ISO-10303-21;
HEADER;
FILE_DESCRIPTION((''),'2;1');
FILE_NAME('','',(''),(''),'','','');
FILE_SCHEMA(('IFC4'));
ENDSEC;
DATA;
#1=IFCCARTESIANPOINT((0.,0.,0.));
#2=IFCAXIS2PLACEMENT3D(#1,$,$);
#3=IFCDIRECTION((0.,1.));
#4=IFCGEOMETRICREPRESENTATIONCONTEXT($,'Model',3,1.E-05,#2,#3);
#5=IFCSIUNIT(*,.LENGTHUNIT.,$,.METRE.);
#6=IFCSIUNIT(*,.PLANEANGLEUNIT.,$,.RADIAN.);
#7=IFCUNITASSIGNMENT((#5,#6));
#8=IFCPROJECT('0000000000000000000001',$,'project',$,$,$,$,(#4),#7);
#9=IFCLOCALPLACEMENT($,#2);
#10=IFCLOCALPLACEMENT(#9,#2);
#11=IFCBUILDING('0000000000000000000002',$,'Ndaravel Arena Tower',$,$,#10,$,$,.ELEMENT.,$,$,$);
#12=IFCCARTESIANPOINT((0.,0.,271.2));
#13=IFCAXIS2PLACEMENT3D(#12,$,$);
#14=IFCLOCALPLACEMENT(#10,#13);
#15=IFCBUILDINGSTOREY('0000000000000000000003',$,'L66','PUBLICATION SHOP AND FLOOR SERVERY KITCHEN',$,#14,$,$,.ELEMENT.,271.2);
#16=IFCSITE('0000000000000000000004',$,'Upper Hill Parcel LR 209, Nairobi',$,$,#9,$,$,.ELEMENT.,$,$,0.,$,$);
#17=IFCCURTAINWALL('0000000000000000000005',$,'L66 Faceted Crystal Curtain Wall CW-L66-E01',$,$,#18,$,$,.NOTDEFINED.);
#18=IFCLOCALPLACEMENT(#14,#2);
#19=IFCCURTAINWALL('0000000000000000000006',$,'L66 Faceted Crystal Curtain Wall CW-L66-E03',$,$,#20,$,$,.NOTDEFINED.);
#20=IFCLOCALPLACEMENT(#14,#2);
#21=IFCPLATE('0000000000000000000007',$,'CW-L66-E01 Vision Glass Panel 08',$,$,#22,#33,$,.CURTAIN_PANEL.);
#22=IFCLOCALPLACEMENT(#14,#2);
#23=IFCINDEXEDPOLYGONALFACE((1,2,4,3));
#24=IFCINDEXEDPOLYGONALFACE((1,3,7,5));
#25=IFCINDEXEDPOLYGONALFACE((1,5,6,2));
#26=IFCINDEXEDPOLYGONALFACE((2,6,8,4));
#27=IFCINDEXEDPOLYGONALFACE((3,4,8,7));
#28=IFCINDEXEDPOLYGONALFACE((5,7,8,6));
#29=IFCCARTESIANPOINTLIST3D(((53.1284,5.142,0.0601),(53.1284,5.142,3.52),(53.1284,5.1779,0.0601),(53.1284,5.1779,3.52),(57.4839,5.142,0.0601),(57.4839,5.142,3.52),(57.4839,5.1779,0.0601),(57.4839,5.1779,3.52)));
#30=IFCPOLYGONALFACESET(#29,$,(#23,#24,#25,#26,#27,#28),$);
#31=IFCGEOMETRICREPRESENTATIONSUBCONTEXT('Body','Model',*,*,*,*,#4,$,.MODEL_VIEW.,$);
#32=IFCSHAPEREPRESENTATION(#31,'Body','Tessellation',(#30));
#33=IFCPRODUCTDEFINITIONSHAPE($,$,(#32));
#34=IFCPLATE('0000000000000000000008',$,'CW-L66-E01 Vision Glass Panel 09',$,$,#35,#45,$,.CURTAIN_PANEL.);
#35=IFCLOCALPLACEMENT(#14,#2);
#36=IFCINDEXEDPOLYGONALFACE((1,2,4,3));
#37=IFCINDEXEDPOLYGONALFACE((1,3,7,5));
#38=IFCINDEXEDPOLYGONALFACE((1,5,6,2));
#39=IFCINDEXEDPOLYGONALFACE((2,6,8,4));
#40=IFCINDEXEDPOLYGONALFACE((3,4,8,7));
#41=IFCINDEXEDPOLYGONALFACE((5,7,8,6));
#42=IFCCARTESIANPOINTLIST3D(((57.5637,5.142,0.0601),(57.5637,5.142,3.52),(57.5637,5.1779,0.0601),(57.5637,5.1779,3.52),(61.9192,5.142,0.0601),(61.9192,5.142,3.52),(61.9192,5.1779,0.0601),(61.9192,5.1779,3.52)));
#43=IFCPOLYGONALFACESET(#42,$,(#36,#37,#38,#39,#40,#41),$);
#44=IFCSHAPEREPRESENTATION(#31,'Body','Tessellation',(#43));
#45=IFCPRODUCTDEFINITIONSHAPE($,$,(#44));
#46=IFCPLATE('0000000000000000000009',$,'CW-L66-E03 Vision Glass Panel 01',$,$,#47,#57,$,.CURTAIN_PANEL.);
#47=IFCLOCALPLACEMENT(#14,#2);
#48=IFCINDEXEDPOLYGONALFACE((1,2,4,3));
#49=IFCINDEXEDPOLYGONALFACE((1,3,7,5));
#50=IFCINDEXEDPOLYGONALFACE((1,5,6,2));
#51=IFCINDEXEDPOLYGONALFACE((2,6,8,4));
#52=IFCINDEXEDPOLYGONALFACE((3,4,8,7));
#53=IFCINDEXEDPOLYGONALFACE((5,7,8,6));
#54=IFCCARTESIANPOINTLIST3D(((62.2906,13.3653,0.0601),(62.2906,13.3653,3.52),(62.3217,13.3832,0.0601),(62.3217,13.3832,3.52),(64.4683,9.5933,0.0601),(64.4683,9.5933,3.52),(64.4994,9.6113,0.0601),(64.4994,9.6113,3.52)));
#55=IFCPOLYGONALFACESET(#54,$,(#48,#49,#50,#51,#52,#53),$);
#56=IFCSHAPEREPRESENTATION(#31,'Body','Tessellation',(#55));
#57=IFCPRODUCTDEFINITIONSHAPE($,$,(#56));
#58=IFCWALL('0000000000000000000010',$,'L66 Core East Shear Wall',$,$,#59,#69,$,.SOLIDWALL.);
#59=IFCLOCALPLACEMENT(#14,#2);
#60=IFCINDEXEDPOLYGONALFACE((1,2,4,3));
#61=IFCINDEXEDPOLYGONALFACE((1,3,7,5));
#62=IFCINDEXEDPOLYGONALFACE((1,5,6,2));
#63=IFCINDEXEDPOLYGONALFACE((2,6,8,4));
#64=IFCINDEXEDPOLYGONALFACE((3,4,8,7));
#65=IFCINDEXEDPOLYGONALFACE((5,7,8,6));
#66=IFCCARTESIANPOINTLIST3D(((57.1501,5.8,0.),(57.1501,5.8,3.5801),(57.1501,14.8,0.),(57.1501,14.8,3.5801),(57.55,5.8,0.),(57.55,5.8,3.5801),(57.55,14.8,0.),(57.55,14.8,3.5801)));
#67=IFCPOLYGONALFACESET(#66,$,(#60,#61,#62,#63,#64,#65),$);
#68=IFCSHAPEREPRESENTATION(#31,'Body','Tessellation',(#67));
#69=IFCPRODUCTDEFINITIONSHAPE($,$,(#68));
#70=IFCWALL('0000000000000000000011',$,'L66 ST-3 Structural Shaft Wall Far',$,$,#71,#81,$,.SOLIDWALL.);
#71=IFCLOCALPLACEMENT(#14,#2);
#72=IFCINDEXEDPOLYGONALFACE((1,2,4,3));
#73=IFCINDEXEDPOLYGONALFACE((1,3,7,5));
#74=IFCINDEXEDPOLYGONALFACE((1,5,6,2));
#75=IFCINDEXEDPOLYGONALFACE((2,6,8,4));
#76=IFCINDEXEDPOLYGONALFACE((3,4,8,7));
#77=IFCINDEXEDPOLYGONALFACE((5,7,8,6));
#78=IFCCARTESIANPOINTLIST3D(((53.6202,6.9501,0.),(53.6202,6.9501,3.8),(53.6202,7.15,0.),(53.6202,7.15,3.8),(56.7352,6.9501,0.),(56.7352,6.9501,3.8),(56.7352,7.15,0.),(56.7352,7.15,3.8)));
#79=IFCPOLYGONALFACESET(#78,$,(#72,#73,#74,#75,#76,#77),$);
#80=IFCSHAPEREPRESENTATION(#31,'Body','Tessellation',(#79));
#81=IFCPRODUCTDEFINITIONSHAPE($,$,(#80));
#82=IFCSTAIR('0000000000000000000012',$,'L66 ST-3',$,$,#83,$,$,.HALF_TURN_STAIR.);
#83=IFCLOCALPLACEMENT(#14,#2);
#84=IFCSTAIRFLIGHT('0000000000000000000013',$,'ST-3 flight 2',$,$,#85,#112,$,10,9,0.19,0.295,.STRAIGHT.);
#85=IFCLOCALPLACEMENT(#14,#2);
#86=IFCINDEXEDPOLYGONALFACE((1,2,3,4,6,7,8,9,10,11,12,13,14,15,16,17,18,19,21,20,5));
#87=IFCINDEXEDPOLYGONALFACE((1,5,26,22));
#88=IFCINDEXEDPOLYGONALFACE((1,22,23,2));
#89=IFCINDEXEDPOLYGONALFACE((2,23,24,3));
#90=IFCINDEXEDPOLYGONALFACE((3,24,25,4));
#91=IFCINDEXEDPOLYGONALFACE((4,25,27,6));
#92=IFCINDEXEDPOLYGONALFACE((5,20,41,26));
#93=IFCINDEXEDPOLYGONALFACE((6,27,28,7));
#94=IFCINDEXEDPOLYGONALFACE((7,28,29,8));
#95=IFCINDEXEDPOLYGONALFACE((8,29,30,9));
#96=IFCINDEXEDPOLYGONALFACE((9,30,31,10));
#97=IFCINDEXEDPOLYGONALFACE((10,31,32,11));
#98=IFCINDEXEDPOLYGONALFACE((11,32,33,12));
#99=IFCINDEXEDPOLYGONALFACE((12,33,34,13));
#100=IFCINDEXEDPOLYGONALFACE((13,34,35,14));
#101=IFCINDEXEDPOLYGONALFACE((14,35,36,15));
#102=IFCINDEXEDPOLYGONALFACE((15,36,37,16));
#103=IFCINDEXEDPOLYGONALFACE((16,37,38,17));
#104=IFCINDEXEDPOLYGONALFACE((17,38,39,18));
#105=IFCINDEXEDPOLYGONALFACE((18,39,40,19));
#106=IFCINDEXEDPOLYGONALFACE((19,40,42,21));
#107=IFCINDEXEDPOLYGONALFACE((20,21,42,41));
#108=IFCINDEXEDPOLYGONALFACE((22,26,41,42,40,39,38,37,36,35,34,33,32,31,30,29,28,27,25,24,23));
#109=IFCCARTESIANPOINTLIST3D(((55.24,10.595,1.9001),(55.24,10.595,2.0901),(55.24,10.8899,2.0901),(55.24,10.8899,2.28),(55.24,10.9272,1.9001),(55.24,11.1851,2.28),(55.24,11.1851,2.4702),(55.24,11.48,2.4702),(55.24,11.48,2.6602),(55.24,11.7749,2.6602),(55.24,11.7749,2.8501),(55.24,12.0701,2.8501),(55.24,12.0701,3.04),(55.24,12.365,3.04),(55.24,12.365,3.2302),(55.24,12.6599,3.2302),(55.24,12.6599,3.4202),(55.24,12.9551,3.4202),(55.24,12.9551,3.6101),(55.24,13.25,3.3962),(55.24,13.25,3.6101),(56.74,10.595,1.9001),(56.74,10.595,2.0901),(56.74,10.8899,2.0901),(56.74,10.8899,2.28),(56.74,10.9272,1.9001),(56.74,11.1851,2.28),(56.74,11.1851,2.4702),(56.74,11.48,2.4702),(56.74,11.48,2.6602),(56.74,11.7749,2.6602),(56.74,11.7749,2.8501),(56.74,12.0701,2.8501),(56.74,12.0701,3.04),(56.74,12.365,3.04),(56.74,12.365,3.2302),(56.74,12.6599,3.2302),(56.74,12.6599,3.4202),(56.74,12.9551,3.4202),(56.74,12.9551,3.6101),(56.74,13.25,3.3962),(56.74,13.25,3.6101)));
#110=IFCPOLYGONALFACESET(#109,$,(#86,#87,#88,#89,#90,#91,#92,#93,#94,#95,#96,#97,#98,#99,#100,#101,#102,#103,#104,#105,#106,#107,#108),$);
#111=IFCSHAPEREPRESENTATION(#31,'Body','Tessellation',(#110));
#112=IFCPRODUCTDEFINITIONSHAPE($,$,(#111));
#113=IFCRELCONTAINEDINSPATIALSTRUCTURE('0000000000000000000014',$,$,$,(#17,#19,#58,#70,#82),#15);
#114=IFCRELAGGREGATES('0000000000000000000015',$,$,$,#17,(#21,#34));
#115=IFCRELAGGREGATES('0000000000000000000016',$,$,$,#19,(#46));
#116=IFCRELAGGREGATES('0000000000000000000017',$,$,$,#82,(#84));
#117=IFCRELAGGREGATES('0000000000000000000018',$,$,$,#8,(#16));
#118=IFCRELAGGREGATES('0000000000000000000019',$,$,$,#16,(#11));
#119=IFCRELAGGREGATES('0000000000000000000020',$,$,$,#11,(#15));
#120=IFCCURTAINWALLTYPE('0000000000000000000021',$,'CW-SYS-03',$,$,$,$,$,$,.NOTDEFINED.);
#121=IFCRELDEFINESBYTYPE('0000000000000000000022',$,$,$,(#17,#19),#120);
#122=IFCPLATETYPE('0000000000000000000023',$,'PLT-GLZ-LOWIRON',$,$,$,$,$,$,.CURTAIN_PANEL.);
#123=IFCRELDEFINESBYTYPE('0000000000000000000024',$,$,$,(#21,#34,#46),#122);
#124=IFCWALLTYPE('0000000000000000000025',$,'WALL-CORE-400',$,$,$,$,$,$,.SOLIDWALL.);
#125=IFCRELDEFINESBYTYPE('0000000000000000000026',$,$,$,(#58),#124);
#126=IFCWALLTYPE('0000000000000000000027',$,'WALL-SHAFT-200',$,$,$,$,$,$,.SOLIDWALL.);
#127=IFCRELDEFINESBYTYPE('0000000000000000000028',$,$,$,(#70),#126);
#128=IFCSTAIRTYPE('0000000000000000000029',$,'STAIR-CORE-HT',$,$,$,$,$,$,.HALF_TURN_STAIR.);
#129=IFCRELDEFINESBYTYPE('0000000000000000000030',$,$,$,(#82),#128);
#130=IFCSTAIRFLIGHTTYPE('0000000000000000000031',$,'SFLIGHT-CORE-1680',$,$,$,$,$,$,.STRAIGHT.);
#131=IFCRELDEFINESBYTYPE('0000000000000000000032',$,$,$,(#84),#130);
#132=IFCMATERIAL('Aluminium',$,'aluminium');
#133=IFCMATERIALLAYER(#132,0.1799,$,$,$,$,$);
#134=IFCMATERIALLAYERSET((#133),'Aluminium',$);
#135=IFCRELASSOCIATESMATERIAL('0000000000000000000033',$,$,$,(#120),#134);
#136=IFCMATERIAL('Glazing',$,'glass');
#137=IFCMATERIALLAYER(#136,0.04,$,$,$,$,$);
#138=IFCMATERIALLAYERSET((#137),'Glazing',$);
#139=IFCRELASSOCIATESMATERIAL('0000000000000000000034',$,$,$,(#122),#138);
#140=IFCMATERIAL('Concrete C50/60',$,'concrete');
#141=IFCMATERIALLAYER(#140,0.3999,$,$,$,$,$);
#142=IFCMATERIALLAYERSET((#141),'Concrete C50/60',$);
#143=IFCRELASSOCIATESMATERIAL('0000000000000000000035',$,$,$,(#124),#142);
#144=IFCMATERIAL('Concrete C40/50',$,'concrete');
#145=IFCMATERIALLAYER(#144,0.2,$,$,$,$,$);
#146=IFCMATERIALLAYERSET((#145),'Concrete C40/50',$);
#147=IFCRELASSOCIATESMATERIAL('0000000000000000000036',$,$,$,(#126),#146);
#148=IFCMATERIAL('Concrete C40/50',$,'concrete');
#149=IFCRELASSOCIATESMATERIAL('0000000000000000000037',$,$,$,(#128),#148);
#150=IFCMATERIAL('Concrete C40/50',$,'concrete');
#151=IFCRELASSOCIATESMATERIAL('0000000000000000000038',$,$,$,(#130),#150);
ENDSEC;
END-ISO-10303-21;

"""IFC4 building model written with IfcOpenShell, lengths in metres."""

from ifc_helpers import new_model, si_unit, direction, frame, frame_2d, origin, origin_2d, place, context, subcontext, project, spatial, polyline, rectangle, outline, extrude, material, layer, layer_set, type_object, element, aggregate, save


model = new_model("IFC4")

# Units and contexts
model_context = context("Model", 3, precision=1e-05, world=origin(), true_north=direction((0.0, 1.0)))
body_context = subcontext(model_context, "Body", "Model", "MODEL_VIEW")
ifc_project = project(units=[si_unit("LENGTHUNIT", "METRE"), si_unit("PLANEANGLEUNIT", "RADIAN")], contexts=[model_context])

# Site, building, storey
site_placement = place(None, origin())
site = spatial("IfcSite", under=ifc_project, at=site_placement, Name="Upper Hill Parcel LR 209, Nairobi", CompositionType="ELEMENT", RefElevation=0.0)
building_placement = place(site_placement, origin())
building = spatial("IfcBuilding", under=site, at=building_placement, Name="Ndaravel Arena Tower", CompositionType="ELEMENT")
storey_placement = place(building_placement, frame((0.0, 0.0, 271.2)))
storey = spatial("IfcBuildingStorey", under=building, at=storey_placement, Name="L66", Description="PUBLICATION SHOP AND FLOOR SERVERY KITCHEN", CompositionType="ELEMENT", Elevation=271.2)

# Curtain walls
ifc_material_1 = material(Name="Aluminium", Category="aluminium")
ifc_layer_1 = layer(ifc_material_1, 0.1799)
ifc_layer_set_1 = layer_set([ifc_layer_1], Name="Aluminium")
curtain_wall_type_1 = type_object("IfcCurtainWallType", Name="CW-SYS-03", PredefinedType="NOTDEFINED", material=ifc_layer_set_1)
curtain_wall_1_placement = place(storey_placement, origin())
curtain_wall_1 = element("IfcCurtainWall", 1, at=curtain_wall_1_placement, inside=storey, type_object=curtain_wall_type_1, Name="L66 Faceted Crystal Curtain Wall CW-L66-E01", PredefinedType="NOTDEFINED")
curtain_wall_2_placement = place(storey_placement, origin())
curtain_wall_2 = element("IfcCurtainWall", 2, at=curtain_wall_2_placement, inside=storey, type_object=curtain_wall_type_1, Name="L66 Faceted Crystal Curtain Wall CW-L66-E03", PredefinedType="NOTDEFINED")

# Plates
ifc_material_2 = material(Name="Glazing", Category="glass")
ifc_layer_2 = layer(ifc_material_2, 0.04)
ifc_layer_set_2 = layer_set([ifc_layer_2], Name="Glazing")
plate_type_1 = type_object("IfcPlateType", Name="PLT-GLZ-LOWIRON", PredefinedType="CURTAIN_PANEL", material=ifc_layer_set_2)
plate_1_placement = place(storey_placement, frame((55.3062, 5.1599, 0.0601), z_axis=(0.0, 0.0, 1.0), x_axis=(1.0, 0.0, 0.0)))
plate_1 = element("IfcPlate", 3, at=plate_1_placement, type_object=plate_type_1, Name="CW-L66-E01 Vision Glass Panel 08", PredefinedType="CURTAIN_PANEL", context=body_context, shape_type="SweptSolid", body=[
    extrude(rectangle(XDim=4.3555, YDim=0.0359, at=origin_2d()), origin(), (0.0, 0.0, 1.0), 3.46),
])
plate_2_placement = place(storey_placement, frame((59.7415, 5.1599, 0.0601), z_axis=(0.0, 0.0, 1.0), x_axis=(1.0, 0.0, 0.0)))
plate_2 = element("IfcPlate", 4, at=plate_2_placement, type_object=plate_type_1, Name="CW-L66-E01 Vision Glass Panel 09", PredefinedType="CURTAIN_PANEL", context=body_context, shape_type="SweptSolid", body=[
    extrude(rectangle(XDim=4.3555, YDim=0.0359, at=origin_2d()), origin(), (0.0, 0.0, 1.0), 3.46),
])
aggregate(curtain_wall_1, [plate_1, plate_2])
plate_3_placement = place(storey_placement, frame((63.395, 11.4883, 0.0601), z_axis=(0.0, 0.0, 1.0), x_axis=(-0.5, 0.866025, 0.0)))
plate_3 = element("IfcPlate", 5, at=plate_3_placement, type_object=plate_type_1, Name="CW-L66-E03 Vision Glass Panel 01", PredefinedType="CURTAIN_PANEL", context=body_context, shape_type="SweptSolid", body=[
    extrude(rectangle(XDim=4.3555, YDim=0.0359, at=origin_2d()), origin(), (0.0, 0.0, 1.0), 3.46),
])
aggregate(curtain_wall_2, [plate_3])

# Walls
ifc_material_3 = material(Name="Concrete C50/60", Category="concrete")
ifc_layer_3 = layer(ifc_material_3, 0.3999)
ifc_layer_set_3 = layer_set([ifc_layer_3], Name="Concrete C50/60")
wall_type_1 = type_object("IfcWallType", Name="WALL-CORE-400", PredefinedType="SOLIDWALL", material=ifc_layer_set_3)
wall_1_placement = place(storey_placement, frame((57.3501, 5.8, 0.0), z_axis=(0.0, 0.0, 1.0), x_axis=(0.0, 1.0, 0.0)))
element("IfcWall", 6, at=wall_1_placement, inside=storey, type_object=wall_type_1, Name="L66 Core East Shear Wall", PredefinedType="SOLIDWALL", context=body_context, shape_type="SweptSolid", body=[
    extrude(rectangle(XDim=9.0, YDim=0.3999, at=frame_2d((4.5, 0.0))), origin(), (0.0, 0.0, 1.0), 3.5801),
])
ifc_material_4 = material(Name="Concrete C40/50", Category="concrete")
ifc_layer_4 = layer(ifc_material_4, 0.2)
ifc_layer_set_4 = layer_set([ifc_layer_4], Name="Concrete C40/50")
wall_type_2 = type_object("IfcWallType", Name="WALL-SHAFT-200", PredefinedType="SOLIDWALL", material=ifc_layer_set_4)
wall_2_placement = place(storey_placement, frame((53.6201, 7.05, 0.0), z_axis=(0.0, 0.0, 1.0), x_axis=(1.0, 0.0, 0.0)))
element("IfcWall", 7, at=wall_2_placement, inside=storey, type_object=wall_type_2, Name="L66 ST-3 Structural Shaft Wall Far", PredefinedType="SOLIDWALL", context=body_context, shape_type="SweptSolid", body=[
    extrude(rectangle(XDim=3.115, YDim=0.2, at=frame_2d((1.5576, 0.0))), origin(), (0.0, 0.0, 1.0), 3.8),
])

# Stair, stair flight
ifc_material_5 = material(Name="Concrete C40/50", Category="concrete")
stair_type = type_object("IfcStairType", Name="STAIR-CORE-HT", PredefinedType="HALF_TURN_STAIR", material=ifc_material_5)
stair_placement = place(storey_placement, origin())
stair = element("IfcStair", 8, at=stair_placement, inside=storey, type_object=stair_type, Name="L66 ST-3", PredefinedType="HALF_TURN_STAIR")
ifc_material_6 = material(Name="Concrete C40/50", Category="concrete")
stair_flight_type = type_object("IfcStairFlightType", Name="SFLIGHT-CORE-1680", PredefinedType="STRAIGHT", material=ifc_material_6)
stair_flight_placement = place(storey_placement, frame((55.99, 10.595, 1.9001), z_axis=(0.0, 0.0, 1.0), x_axis=(0.0, 1.0, 0.0)))
stair_flight = element("IfcStairFlight", 9, at=stair_flight_placement, type_object=stair_flight_type, Name="ST-3 flight 2", NumberOfRisers=10, NumberOfTreads=9, PredefinedType="STRAIGHT", RiserHeight=0.19, TreadLength=0.295, context=body_context, shape_type="SweptSolid", body=[
    extrude(outline(polyline([(0.0, 0.0), (0.0, 0.1899), (0.2949, 0.1899), (0.2949, 0.3799), (0.5901, 0.3799), (0.5901, 0.5701), (0.885, 0.5701), (0.885, 0.76), (1.1799, 0.76), (1.1799, 0.95), (1.4751, 0.95), (1.4751, 1.1399), (1.77, 1.1399), (1.77, 1.3301), (2.0649, 1.3301), (2.0649, 1.52), (2.3601, 1.52), (2.3601, 1.71), (2.655, 1.71), (2.655, 1.8999), (2.655, 1.4961), (0.3323, 0.0), (0.0, 0.0)])), frame((0.0, 0.75, 0.0), z_axis=(0.0, -1.0, 0.0), x_axis=(1.0, 0.0, 0.0)), (0.0, 0.0, 1.0), 1.5),
])
aggregate(stair, [stair_flight])

save(model, "model.ifc")
